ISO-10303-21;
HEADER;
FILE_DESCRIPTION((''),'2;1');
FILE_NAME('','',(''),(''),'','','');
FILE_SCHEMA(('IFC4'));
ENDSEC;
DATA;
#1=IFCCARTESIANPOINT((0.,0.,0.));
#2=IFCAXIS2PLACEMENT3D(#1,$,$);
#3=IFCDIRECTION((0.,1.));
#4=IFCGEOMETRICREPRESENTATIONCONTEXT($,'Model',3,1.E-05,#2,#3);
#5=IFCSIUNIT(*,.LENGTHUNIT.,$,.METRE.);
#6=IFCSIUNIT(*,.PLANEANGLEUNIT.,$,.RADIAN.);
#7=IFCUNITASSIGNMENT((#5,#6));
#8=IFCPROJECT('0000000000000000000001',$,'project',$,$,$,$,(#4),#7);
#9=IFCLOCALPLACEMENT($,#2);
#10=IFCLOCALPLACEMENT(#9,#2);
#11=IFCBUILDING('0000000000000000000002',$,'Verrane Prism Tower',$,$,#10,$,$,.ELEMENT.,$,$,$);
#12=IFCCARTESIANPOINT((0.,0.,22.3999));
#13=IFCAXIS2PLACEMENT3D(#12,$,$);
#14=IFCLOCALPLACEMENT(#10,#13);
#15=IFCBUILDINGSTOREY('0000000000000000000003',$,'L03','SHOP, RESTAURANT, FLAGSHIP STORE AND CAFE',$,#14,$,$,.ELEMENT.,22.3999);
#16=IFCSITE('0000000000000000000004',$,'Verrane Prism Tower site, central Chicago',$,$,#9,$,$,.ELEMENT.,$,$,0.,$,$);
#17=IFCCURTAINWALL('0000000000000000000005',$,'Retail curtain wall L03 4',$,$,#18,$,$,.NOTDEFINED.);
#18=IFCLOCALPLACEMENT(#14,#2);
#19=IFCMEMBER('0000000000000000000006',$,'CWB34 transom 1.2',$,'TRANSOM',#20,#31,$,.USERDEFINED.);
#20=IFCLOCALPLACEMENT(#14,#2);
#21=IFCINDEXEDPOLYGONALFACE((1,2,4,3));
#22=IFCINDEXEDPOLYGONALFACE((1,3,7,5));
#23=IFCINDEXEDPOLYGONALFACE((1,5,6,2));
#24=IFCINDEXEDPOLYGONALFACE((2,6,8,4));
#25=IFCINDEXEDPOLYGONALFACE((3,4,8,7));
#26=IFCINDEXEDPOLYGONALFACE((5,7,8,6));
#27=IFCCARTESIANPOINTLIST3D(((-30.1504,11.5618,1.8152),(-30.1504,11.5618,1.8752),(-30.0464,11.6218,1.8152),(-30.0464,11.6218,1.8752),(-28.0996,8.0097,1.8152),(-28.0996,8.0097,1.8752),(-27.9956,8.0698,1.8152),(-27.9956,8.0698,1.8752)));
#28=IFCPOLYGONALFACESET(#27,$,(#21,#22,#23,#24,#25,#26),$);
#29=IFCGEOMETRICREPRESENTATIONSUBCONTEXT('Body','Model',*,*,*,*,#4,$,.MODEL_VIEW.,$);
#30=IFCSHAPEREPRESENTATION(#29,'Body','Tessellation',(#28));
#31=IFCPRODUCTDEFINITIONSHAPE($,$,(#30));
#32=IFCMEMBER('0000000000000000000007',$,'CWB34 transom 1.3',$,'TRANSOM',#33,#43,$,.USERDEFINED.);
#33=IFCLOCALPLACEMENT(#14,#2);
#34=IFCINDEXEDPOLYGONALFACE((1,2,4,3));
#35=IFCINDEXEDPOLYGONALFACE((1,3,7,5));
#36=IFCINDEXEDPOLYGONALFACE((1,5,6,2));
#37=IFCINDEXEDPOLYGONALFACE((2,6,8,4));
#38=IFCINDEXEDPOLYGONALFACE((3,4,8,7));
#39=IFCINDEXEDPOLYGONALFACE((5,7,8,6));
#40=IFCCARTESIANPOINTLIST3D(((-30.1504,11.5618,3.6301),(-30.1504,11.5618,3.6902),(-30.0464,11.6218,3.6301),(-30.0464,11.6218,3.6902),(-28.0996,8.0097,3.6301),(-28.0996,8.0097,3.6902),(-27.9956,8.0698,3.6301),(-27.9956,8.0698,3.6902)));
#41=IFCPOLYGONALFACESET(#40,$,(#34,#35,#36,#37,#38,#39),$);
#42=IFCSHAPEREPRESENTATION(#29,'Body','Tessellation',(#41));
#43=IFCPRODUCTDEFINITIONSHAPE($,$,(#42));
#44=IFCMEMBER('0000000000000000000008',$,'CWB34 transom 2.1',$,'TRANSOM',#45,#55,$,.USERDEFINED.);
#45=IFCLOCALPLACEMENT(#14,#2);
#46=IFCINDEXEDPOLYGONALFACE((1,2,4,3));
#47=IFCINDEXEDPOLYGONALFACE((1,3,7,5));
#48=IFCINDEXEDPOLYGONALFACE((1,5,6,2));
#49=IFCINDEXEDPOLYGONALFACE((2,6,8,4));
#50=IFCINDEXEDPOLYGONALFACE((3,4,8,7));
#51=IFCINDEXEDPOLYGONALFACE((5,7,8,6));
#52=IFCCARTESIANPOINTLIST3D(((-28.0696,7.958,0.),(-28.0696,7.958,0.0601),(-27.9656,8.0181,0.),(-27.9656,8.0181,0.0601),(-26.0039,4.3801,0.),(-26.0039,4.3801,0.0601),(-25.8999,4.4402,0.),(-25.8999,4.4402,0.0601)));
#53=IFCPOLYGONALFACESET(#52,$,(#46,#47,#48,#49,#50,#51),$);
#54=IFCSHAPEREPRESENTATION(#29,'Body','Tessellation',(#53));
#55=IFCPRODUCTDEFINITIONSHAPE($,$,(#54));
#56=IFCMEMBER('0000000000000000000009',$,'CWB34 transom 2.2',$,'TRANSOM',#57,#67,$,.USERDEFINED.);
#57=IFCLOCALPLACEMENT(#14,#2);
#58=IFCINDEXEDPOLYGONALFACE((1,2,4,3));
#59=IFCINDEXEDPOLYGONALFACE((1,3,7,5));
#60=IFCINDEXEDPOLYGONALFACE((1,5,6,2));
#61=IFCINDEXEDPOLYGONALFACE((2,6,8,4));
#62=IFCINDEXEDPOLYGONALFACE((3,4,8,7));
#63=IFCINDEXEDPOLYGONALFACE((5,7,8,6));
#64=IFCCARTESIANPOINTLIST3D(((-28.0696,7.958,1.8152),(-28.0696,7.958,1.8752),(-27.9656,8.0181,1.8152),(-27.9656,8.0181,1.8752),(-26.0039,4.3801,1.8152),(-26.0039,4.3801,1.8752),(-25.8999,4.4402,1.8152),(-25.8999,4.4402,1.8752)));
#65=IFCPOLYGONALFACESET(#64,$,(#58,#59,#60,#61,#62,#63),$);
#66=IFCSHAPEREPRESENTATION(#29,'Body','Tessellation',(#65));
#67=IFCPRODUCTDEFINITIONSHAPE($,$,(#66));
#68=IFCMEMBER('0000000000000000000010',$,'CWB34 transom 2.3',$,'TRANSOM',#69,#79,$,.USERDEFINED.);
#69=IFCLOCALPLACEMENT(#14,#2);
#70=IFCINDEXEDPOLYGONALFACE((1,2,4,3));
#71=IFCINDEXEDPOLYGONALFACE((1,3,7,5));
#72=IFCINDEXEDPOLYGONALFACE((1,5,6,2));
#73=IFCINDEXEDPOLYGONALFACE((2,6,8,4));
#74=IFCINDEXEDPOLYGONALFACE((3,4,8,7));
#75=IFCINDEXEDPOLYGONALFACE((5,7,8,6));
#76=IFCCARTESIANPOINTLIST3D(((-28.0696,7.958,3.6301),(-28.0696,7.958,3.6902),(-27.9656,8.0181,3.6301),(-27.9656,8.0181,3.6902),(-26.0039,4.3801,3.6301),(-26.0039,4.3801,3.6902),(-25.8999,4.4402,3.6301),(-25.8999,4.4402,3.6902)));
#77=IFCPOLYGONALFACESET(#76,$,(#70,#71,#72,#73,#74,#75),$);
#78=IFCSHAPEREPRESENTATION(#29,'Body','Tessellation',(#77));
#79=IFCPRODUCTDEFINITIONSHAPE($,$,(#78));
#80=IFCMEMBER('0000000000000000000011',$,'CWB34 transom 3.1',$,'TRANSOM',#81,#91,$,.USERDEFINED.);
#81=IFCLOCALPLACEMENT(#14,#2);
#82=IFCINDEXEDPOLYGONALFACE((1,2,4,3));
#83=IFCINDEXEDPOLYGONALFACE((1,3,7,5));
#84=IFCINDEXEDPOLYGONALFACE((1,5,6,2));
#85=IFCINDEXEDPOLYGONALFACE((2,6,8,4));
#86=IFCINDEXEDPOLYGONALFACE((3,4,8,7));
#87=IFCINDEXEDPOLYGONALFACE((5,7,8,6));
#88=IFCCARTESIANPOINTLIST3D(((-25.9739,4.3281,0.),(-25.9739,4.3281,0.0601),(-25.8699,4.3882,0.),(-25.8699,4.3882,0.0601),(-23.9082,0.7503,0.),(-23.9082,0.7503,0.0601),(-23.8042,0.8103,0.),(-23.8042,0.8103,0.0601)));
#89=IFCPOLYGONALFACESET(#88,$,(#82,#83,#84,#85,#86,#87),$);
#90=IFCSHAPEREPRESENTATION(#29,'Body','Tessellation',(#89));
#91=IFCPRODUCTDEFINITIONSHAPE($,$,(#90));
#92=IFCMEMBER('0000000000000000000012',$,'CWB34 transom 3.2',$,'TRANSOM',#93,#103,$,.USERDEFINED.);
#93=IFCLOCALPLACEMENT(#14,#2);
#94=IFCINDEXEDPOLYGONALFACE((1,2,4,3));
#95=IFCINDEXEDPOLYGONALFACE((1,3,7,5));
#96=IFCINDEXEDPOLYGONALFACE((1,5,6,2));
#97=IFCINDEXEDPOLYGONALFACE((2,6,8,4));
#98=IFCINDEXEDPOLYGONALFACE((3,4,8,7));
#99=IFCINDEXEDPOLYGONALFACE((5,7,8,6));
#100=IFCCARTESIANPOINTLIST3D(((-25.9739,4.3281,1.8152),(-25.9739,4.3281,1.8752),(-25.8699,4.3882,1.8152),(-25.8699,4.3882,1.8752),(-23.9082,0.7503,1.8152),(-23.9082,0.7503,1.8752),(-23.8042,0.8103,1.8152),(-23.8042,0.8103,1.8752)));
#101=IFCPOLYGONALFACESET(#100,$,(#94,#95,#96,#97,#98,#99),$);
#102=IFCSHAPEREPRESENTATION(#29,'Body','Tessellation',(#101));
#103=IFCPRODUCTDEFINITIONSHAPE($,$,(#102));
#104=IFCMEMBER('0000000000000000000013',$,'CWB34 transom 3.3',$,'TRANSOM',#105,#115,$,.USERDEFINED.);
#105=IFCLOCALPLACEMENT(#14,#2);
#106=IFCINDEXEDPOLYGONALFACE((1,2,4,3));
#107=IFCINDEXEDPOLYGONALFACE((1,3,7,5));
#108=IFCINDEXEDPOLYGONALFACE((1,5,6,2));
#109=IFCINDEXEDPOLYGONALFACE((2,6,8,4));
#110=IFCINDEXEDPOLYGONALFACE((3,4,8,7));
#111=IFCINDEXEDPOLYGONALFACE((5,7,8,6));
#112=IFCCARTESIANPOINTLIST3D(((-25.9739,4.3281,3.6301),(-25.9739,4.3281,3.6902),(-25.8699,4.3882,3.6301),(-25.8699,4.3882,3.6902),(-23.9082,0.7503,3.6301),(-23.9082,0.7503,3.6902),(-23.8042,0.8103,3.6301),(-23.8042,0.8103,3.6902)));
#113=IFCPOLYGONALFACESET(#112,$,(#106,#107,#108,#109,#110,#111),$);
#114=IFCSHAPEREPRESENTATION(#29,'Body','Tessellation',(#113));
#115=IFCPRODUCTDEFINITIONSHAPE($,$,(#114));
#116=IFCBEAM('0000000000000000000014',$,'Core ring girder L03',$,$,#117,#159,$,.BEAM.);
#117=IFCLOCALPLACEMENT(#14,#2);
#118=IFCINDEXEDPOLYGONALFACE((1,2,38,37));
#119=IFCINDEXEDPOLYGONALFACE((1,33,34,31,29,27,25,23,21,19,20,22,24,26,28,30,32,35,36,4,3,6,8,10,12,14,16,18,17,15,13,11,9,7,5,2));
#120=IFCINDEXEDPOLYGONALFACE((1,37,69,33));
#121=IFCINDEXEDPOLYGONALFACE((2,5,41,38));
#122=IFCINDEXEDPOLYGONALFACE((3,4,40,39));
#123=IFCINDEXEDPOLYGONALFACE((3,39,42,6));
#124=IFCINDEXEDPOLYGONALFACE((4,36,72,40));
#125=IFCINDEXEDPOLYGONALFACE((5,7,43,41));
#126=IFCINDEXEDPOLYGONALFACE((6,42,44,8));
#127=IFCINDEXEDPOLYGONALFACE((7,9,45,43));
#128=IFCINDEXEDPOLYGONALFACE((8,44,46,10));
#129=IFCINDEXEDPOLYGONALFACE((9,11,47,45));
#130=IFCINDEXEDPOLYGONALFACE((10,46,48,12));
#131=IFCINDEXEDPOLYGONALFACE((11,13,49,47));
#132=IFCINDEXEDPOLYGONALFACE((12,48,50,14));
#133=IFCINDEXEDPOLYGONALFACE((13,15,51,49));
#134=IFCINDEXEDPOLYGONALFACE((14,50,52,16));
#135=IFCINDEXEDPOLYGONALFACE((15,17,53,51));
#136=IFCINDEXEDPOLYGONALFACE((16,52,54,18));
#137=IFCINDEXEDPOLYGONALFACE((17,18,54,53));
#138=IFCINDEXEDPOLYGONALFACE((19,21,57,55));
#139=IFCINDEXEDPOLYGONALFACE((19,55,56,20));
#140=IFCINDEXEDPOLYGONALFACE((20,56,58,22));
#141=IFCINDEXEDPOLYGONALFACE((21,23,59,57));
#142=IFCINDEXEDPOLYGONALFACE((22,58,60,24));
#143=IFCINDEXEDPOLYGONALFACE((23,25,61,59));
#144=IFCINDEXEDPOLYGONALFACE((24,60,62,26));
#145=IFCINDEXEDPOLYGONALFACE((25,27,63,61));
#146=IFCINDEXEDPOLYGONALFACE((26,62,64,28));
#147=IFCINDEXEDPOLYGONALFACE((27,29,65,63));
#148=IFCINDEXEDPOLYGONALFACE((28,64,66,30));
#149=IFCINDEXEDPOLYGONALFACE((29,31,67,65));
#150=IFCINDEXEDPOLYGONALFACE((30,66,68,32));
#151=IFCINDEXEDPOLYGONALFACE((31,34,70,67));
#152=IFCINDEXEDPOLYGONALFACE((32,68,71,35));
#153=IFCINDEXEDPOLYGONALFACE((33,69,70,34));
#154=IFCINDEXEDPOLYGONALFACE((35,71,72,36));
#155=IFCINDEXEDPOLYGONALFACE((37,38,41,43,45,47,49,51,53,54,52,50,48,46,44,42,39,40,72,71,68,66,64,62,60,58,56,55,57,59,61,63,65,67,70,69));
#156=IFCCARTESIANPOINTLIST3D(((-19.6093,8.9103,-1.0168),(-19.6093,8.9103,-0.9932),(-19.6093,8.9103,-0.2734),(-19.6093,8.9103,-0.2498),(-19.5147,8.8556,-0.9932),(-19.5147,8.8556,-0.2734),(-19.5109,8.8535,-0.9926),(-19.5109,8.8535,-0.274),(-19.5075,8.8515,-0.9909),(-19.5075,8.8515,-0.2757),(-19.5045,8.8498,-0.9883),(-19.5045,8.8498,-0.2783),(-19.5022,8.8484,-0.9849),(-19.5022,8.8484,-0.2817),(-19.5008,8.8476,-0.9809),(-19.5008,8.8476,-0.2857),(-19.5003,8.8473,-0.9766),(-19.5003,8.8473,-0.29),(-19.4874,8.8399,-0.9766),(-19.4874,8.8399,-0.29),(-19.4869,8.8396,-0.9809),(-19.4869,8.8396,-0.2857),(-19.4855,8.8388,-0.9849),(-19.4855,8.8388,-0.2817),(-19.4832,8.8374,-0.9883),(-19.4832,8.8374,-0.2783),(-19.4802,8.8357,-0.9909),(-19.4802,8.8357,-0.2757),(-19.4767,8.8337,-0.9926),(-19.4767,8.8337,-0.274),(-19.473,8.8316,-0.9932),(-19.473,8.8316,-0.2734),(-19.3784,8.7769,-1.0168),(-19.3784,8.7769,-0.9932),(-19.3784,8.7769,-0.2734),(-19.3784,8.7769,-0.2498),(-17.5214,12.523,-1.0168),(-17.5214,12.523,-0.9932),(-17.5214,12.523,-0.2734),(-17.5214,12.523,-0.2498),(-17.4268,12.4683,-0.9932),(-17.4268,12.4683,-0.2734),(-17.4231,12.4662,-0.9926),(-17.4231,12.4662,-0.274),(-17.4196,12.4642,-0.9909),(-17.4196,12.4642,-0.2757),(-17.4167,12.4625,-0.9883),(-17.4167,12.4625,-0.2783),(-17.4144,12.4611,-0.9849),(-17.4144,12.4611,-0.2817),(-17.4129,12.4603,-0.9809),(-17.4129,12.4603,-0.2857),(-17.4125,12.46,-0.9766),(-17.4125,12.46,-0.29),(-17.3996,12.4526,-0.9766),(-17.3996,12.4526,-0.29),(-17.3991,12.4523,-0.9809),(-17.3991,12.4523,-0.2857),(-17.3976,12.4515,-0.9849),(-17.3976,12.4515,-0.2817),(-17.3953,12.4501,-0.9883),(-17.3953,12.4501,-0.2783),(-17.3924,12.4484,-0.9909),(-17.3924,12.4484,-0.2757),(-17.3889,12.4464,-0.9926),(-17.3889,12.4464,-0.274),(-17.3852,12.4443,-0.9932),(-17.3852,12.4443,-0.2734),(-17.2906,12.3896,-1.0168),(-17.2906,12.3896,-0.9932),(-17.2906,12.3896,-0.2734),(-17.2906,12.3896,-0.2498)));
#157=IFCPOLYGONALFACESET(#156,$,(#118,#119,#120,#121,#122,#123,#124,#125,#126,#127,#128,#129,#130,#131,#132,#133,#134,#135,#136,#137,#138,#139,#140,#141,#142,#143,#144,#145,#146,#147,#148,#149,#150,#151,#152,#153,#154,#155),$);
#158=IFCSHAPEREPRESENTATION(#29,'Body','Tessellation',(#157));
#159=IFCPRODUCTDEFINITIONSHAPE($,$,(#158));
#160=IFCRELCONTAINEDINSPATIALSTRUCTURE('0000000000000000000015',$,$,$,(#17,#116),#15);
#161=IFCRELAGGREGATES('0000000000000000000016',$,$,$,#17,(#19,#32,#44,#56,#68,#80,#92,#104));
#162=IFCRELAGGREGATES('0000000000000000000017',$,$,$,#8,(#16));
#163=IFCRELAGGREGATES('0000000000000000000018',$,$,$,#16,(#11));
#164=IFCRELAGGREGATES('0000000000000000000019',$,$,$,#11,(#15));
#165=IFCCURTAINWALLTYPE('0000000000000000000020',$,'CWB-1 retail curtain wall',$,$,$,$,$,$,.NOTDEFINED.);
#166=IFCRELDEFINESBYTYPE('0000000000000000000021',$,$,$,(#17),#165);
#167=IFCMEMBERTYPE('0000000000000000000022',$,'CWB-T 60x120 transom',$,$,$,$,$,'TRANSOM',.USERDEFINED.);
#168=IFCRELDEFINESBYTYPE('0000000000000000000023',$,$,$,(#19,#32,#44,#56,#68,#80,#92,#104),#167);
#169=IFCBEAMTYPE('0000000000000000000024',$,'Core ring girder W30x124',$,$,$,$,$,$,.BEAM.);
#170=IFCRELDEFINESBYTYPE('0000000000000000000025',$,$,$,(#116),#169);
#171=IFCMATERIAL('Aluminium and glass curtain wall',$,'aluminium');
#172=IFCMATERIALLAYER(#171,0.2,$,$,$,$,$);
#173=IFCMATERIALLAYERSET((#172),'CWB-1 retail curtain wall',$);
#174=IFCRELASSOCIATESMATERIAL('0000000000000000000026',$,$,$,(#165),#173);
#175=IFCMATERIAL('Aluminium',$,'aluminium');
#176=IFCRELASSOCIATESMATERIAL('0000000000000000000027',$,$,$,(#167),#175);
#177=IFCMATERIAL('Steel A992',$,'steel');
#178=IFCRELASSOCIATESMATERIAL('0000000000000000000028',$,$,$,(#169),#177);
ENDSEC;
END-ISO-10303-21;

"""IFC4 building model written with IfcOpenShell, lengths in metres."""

from ifc_helpers import new_model, si_unit, direction, frame, origin, origin_2d, place, context, subcontext, project, spatial, rectangle, i_section, extrude, material, layer, layer_set, material_profile, profile_set, type_object, element, aggregate, save


model = new_model("IFC4")

# Units and contexts
model_context = context("Model", 3, precision=1e-05, world=origin(), true_north=direction((0.0, 1.0)))
body_context = subcontext(model_context, "Body", "Model", "MODEL_VIEW")
ifc_project = project(units=[si_unit("LENGTHUNIT", "METRE"), si_unit("PLANEANGLEUNIT", "RADIAN")], contexts=[model_context])

# Site, building, storey
site_placement = place(None, origin())
site = spatial("IfcSite", under=ifc_project, at=site_placement, Name="Verrane Prism Tower site, central Chicago", CompositionType="ELEMENT", RefElevation=0.0)
building_placement = place(site_placement, origin())
building = spatial("IfcBuilding", under=site, at=building_placement, Name="Verrane Prism Tower", CompositionType="ELEMENT")
storey_placement = place(building_placement, frame((0.0, 0.0, 22.3999)))
storey = spatial("IfcBuildingStorey", under=building, at=storey_placement, Name="L03", Description="SHOP, RESTAURANT, FLAGSHIP STORE AND CAFE", CompositionType="ELEMENT", Elevation=22.3999)

# Shared definitions
ifc_material_1 = material(Name="Aluminium and glass curtain wall", Category="aluminium")
ifc_layer_1 = layer(ifc_material_1, 0.2)
ifc_layer_set_1 = layer_set([ifc_layer_1], Name="CWB-1 retail curtain wall")
curtain_wall_type = type_object("IfcCurtainWallType", Name="CWB-1 retail curtain wall", PredefinedType="NOTDEFINED", material=ifc_layer_set_1)

# Curtain wall, members
curtain_wall_1_placement = place(storey_placement, origin())
curtain_wall_1 = element("IfcCurtainWall", 1, at=curtain_wall_1_placement, inside=storey, type_object=curtain_wall_type, Name="Retail curtain wall L03 4", PredefinedType="NOTDEFINED")
ifc_material_2 = material(Name="Aluminium", Category="aluminium")
ifc_material_profile_1 = material_profile(ifc_material_2, rectangle(XDim=0.1201, YDim=0.0601, at=origin_2d()), Name="CWB-T 60x120 transom")
ifc_profile_set_1 = profile_set([ifc_material_profile_1], Name="Aluminium")
member_type_1 = type_object("IfcMemberType", Name="CWB-T 60x120 transom", ElementType="TRANSOM", PredefinedType="USERDEFINED", material=ifc_profile_set_1)
member_1_placement = place(storey_placement, frame((-30.0984, 11.5918, 1.8452), z_axis=(0.500006, -0.866022, 0.0), x_axis=(0.866022, 0.500006, 0.0)))
member_1 = element("IfcMember", 2, at=member_1_placement, type_object=member_type_1, Name="CWB34 transom 1.2", ObjectType="TRANSOM", PredefinedType="USERDEFINED", context=body_context, shape_type="SweptSolid", body=[
    extrude(rectangle(XDim=0.1201, YDim=0.0601, at=origin_2d()), origin(), (0.0, 0.0, 1.0), 4.1016),
])
member_2_placement = place(storey_placement, frame((-30.0984, 11.5918, 3.6602), z_axis=(0.500006, -0.866022, 0.0), x_axis=(0.866022, 0.500006, 0.0)))
member_2 = element("IfcMember", 3, at=member_2_placement, type_object=member_type_1, Name="CWB34 transom 1.3", ObjectType="TRANSOM", PredefinedType="USERDEFINED", context=body_context, shape_type="SweptSolid", body=[
    extrude(rectangle(XDim=0.1201, YDim=0.0601, at=origin_2d()), origin(), (0.0, 0.0, 1.0), 4.1016),
])
member_3_placement = place(storey_placement, frame((-28.0176, 7.988, 0.03), z_axis=(0.499997, -0.866027, 0.0), x_axis=(0.866027, 0.499997, 0.0)))
member_3 = element("IfcMember", 4, at=member_3_placement, type_object=member_type_1, Name="CWB34 transom 2.1", ObjectType="TRANSOM", PredefinedType="USERDEFINED", context=body_context, shape_type="SweptSolid", body=[
    extrude(rectangle(XDim=0.1201, YDim=0.0601, at=origin_2d()), origin(), (0.0, 0.0, 1.0), 4.1313),
])
member_4_placement = place(storey_placement, frame((-28.0176, 7.988, 1.8452), z_axis=(0.499997, -0.866027, 0.0), x_axis=(0.866027, 0.499997, 0.0)))
member_4 = element("IfcMember", 5, at=member_4_placement, type_object=member_type_1, Name="CWB34 transom 2.2", ObjectType="TRANSOM", PredefinedType="USERDEFINED", context=body_context, shape_type="SweptSolid", body=[
    extrude(rectangle(XDim=0.1201, YDim=0.0601, at=origin_2d()), origin(), (0.0, 0.0, 1.0), 4.1313),
])
member_5_placement = place(storey_placement, frame((-28.0176, 7.988, 3.6602), z_axis=(0.499997, -0.866027, 0.0), x_axis=(0.866027, 0.499997, 0.0)))
member_5 = element("IfcMember", 6, at=member_5_placement, type_object=member_type_1, Name="CWB34 transom 2.3", ObjectType="TRANSOM", PredefinedType="USERDEFINED", context=body_context, shape_type="SweptSolid", body=[
    extrude(rectangle(XDim=0.1201, YDim=0.0601, at=origin_2d()), origin(), (0.0, 0.0, 1.0), 4.1313),
])
member_6_placement = place(storey_placement, frame((-25.9219, 4.3582, 0.03), z_axis=(0.499997, -0.866027, 0.0), x_axis=(0.866027, 0.499997, 0.0)))
member_6 = element("IfcMember", 7, at=member_6_placement, type_object=member_type_1, Name="CWB34 transom 3.1", ObjectType="TRANSOM", PredefinedType="USERDEFINED", context=body_context, shape_type="SweptSolid", body=[
    extrude(rectangle(XDim=0.1201, YDim=0.0601, at=origin_2d()), origin(), (0.0, 0.0, 1.0), 4.1313),
])
member_7_placement = place(storey_placement, frame((-25.9219, 4.3582, 1.8452), z_axis=(0.499997, -0.866027, 0.0), x_axis=(0.866027, 0.499997, 0.0)))
member_7 = element("IfcMember", 8, at=member_7_placement, type_object=member_type_1, Name="CWB34 transom 3.2", ObjectType="TRANSOM", PredefinedType="USERDEFINED", context=body_context, shape_type="SweptSolid", body=[
    extrude(rectangle(XDim=0.1201, YDim=0.0601, at=origin_2d()), origin(), (0.0, 0.0, 1.0), 4.1313),
])
member_8_placement = place(storey_placement, frame((-25.9219, 4.3582, 3.6602), z_axis=(0.499997, -0.866027, 0.0), x_axis=(0.866027, 0.499997, 0.0)))
member_8 = element("IfcMember", 9, at=member_8_placement, type_object=member_type_1, Name="CWB34 transom 3.3", ObjectType="TRANSOM", PredefinedType="USERDEFINED", context=body_context, shape_type="SweptSolid", body=[
    extrude(rectangle(XDim=0.1201, YDim=0.0601, at=origin_2d()), origin(), (0.0, 0.0, 1.0), 4.1313),
])

# Beam
ifc_material_3 = material(Name="Steel A992", Category="steel")
ifc_material_profile_2 = material_profile(ifc_material_3, i_section(OverallWidth=0.2666, OverallDepth=0.7671, WebThickness=0.0149, FlangeThickness=0.0237, FilletRadius=0.0166, at=origin_2d()), Name="W30x124")
ifc_profile_set_2 = profile_set([ifc_material_profile_2], Name="Steel A992")
beam_type_1 = type_object("IfcBeamType", Name="Core ring girder W30x124", PredefinedType="BEAM", material=ifc_profile_set_2)
beam_1_placement = place(storey_placement, frame((-17.406, 12.4563, -0.6333), z_axis=(-0.500367, -0.865813, 0.0), x_axis=(0.865813, -0.500367, 0.0)))
element("IfcBeam", 10, at=beam_1_placement, inside=storey, type_object=beam_type_1, Name="Core ring girder L03", PredefinedType="BEAM", context=body_context, shape_type="SweptSolid", body=[
    extrude(i_section(OverallWidth=0.2666, OverallDepth=0.7671, WebThickness=0.0149, FlangeThickness=0.0237, FilletRadius=0.0166, at=origin_2d()), origin(), (0.0, 0.0, 1.0), 4.1726),
])

aggregate(curtain_wall_1, [member_1, member_2, member_3, member_4, member_5, member_6, member_7, member_8])

save(model, "model.ifc")
